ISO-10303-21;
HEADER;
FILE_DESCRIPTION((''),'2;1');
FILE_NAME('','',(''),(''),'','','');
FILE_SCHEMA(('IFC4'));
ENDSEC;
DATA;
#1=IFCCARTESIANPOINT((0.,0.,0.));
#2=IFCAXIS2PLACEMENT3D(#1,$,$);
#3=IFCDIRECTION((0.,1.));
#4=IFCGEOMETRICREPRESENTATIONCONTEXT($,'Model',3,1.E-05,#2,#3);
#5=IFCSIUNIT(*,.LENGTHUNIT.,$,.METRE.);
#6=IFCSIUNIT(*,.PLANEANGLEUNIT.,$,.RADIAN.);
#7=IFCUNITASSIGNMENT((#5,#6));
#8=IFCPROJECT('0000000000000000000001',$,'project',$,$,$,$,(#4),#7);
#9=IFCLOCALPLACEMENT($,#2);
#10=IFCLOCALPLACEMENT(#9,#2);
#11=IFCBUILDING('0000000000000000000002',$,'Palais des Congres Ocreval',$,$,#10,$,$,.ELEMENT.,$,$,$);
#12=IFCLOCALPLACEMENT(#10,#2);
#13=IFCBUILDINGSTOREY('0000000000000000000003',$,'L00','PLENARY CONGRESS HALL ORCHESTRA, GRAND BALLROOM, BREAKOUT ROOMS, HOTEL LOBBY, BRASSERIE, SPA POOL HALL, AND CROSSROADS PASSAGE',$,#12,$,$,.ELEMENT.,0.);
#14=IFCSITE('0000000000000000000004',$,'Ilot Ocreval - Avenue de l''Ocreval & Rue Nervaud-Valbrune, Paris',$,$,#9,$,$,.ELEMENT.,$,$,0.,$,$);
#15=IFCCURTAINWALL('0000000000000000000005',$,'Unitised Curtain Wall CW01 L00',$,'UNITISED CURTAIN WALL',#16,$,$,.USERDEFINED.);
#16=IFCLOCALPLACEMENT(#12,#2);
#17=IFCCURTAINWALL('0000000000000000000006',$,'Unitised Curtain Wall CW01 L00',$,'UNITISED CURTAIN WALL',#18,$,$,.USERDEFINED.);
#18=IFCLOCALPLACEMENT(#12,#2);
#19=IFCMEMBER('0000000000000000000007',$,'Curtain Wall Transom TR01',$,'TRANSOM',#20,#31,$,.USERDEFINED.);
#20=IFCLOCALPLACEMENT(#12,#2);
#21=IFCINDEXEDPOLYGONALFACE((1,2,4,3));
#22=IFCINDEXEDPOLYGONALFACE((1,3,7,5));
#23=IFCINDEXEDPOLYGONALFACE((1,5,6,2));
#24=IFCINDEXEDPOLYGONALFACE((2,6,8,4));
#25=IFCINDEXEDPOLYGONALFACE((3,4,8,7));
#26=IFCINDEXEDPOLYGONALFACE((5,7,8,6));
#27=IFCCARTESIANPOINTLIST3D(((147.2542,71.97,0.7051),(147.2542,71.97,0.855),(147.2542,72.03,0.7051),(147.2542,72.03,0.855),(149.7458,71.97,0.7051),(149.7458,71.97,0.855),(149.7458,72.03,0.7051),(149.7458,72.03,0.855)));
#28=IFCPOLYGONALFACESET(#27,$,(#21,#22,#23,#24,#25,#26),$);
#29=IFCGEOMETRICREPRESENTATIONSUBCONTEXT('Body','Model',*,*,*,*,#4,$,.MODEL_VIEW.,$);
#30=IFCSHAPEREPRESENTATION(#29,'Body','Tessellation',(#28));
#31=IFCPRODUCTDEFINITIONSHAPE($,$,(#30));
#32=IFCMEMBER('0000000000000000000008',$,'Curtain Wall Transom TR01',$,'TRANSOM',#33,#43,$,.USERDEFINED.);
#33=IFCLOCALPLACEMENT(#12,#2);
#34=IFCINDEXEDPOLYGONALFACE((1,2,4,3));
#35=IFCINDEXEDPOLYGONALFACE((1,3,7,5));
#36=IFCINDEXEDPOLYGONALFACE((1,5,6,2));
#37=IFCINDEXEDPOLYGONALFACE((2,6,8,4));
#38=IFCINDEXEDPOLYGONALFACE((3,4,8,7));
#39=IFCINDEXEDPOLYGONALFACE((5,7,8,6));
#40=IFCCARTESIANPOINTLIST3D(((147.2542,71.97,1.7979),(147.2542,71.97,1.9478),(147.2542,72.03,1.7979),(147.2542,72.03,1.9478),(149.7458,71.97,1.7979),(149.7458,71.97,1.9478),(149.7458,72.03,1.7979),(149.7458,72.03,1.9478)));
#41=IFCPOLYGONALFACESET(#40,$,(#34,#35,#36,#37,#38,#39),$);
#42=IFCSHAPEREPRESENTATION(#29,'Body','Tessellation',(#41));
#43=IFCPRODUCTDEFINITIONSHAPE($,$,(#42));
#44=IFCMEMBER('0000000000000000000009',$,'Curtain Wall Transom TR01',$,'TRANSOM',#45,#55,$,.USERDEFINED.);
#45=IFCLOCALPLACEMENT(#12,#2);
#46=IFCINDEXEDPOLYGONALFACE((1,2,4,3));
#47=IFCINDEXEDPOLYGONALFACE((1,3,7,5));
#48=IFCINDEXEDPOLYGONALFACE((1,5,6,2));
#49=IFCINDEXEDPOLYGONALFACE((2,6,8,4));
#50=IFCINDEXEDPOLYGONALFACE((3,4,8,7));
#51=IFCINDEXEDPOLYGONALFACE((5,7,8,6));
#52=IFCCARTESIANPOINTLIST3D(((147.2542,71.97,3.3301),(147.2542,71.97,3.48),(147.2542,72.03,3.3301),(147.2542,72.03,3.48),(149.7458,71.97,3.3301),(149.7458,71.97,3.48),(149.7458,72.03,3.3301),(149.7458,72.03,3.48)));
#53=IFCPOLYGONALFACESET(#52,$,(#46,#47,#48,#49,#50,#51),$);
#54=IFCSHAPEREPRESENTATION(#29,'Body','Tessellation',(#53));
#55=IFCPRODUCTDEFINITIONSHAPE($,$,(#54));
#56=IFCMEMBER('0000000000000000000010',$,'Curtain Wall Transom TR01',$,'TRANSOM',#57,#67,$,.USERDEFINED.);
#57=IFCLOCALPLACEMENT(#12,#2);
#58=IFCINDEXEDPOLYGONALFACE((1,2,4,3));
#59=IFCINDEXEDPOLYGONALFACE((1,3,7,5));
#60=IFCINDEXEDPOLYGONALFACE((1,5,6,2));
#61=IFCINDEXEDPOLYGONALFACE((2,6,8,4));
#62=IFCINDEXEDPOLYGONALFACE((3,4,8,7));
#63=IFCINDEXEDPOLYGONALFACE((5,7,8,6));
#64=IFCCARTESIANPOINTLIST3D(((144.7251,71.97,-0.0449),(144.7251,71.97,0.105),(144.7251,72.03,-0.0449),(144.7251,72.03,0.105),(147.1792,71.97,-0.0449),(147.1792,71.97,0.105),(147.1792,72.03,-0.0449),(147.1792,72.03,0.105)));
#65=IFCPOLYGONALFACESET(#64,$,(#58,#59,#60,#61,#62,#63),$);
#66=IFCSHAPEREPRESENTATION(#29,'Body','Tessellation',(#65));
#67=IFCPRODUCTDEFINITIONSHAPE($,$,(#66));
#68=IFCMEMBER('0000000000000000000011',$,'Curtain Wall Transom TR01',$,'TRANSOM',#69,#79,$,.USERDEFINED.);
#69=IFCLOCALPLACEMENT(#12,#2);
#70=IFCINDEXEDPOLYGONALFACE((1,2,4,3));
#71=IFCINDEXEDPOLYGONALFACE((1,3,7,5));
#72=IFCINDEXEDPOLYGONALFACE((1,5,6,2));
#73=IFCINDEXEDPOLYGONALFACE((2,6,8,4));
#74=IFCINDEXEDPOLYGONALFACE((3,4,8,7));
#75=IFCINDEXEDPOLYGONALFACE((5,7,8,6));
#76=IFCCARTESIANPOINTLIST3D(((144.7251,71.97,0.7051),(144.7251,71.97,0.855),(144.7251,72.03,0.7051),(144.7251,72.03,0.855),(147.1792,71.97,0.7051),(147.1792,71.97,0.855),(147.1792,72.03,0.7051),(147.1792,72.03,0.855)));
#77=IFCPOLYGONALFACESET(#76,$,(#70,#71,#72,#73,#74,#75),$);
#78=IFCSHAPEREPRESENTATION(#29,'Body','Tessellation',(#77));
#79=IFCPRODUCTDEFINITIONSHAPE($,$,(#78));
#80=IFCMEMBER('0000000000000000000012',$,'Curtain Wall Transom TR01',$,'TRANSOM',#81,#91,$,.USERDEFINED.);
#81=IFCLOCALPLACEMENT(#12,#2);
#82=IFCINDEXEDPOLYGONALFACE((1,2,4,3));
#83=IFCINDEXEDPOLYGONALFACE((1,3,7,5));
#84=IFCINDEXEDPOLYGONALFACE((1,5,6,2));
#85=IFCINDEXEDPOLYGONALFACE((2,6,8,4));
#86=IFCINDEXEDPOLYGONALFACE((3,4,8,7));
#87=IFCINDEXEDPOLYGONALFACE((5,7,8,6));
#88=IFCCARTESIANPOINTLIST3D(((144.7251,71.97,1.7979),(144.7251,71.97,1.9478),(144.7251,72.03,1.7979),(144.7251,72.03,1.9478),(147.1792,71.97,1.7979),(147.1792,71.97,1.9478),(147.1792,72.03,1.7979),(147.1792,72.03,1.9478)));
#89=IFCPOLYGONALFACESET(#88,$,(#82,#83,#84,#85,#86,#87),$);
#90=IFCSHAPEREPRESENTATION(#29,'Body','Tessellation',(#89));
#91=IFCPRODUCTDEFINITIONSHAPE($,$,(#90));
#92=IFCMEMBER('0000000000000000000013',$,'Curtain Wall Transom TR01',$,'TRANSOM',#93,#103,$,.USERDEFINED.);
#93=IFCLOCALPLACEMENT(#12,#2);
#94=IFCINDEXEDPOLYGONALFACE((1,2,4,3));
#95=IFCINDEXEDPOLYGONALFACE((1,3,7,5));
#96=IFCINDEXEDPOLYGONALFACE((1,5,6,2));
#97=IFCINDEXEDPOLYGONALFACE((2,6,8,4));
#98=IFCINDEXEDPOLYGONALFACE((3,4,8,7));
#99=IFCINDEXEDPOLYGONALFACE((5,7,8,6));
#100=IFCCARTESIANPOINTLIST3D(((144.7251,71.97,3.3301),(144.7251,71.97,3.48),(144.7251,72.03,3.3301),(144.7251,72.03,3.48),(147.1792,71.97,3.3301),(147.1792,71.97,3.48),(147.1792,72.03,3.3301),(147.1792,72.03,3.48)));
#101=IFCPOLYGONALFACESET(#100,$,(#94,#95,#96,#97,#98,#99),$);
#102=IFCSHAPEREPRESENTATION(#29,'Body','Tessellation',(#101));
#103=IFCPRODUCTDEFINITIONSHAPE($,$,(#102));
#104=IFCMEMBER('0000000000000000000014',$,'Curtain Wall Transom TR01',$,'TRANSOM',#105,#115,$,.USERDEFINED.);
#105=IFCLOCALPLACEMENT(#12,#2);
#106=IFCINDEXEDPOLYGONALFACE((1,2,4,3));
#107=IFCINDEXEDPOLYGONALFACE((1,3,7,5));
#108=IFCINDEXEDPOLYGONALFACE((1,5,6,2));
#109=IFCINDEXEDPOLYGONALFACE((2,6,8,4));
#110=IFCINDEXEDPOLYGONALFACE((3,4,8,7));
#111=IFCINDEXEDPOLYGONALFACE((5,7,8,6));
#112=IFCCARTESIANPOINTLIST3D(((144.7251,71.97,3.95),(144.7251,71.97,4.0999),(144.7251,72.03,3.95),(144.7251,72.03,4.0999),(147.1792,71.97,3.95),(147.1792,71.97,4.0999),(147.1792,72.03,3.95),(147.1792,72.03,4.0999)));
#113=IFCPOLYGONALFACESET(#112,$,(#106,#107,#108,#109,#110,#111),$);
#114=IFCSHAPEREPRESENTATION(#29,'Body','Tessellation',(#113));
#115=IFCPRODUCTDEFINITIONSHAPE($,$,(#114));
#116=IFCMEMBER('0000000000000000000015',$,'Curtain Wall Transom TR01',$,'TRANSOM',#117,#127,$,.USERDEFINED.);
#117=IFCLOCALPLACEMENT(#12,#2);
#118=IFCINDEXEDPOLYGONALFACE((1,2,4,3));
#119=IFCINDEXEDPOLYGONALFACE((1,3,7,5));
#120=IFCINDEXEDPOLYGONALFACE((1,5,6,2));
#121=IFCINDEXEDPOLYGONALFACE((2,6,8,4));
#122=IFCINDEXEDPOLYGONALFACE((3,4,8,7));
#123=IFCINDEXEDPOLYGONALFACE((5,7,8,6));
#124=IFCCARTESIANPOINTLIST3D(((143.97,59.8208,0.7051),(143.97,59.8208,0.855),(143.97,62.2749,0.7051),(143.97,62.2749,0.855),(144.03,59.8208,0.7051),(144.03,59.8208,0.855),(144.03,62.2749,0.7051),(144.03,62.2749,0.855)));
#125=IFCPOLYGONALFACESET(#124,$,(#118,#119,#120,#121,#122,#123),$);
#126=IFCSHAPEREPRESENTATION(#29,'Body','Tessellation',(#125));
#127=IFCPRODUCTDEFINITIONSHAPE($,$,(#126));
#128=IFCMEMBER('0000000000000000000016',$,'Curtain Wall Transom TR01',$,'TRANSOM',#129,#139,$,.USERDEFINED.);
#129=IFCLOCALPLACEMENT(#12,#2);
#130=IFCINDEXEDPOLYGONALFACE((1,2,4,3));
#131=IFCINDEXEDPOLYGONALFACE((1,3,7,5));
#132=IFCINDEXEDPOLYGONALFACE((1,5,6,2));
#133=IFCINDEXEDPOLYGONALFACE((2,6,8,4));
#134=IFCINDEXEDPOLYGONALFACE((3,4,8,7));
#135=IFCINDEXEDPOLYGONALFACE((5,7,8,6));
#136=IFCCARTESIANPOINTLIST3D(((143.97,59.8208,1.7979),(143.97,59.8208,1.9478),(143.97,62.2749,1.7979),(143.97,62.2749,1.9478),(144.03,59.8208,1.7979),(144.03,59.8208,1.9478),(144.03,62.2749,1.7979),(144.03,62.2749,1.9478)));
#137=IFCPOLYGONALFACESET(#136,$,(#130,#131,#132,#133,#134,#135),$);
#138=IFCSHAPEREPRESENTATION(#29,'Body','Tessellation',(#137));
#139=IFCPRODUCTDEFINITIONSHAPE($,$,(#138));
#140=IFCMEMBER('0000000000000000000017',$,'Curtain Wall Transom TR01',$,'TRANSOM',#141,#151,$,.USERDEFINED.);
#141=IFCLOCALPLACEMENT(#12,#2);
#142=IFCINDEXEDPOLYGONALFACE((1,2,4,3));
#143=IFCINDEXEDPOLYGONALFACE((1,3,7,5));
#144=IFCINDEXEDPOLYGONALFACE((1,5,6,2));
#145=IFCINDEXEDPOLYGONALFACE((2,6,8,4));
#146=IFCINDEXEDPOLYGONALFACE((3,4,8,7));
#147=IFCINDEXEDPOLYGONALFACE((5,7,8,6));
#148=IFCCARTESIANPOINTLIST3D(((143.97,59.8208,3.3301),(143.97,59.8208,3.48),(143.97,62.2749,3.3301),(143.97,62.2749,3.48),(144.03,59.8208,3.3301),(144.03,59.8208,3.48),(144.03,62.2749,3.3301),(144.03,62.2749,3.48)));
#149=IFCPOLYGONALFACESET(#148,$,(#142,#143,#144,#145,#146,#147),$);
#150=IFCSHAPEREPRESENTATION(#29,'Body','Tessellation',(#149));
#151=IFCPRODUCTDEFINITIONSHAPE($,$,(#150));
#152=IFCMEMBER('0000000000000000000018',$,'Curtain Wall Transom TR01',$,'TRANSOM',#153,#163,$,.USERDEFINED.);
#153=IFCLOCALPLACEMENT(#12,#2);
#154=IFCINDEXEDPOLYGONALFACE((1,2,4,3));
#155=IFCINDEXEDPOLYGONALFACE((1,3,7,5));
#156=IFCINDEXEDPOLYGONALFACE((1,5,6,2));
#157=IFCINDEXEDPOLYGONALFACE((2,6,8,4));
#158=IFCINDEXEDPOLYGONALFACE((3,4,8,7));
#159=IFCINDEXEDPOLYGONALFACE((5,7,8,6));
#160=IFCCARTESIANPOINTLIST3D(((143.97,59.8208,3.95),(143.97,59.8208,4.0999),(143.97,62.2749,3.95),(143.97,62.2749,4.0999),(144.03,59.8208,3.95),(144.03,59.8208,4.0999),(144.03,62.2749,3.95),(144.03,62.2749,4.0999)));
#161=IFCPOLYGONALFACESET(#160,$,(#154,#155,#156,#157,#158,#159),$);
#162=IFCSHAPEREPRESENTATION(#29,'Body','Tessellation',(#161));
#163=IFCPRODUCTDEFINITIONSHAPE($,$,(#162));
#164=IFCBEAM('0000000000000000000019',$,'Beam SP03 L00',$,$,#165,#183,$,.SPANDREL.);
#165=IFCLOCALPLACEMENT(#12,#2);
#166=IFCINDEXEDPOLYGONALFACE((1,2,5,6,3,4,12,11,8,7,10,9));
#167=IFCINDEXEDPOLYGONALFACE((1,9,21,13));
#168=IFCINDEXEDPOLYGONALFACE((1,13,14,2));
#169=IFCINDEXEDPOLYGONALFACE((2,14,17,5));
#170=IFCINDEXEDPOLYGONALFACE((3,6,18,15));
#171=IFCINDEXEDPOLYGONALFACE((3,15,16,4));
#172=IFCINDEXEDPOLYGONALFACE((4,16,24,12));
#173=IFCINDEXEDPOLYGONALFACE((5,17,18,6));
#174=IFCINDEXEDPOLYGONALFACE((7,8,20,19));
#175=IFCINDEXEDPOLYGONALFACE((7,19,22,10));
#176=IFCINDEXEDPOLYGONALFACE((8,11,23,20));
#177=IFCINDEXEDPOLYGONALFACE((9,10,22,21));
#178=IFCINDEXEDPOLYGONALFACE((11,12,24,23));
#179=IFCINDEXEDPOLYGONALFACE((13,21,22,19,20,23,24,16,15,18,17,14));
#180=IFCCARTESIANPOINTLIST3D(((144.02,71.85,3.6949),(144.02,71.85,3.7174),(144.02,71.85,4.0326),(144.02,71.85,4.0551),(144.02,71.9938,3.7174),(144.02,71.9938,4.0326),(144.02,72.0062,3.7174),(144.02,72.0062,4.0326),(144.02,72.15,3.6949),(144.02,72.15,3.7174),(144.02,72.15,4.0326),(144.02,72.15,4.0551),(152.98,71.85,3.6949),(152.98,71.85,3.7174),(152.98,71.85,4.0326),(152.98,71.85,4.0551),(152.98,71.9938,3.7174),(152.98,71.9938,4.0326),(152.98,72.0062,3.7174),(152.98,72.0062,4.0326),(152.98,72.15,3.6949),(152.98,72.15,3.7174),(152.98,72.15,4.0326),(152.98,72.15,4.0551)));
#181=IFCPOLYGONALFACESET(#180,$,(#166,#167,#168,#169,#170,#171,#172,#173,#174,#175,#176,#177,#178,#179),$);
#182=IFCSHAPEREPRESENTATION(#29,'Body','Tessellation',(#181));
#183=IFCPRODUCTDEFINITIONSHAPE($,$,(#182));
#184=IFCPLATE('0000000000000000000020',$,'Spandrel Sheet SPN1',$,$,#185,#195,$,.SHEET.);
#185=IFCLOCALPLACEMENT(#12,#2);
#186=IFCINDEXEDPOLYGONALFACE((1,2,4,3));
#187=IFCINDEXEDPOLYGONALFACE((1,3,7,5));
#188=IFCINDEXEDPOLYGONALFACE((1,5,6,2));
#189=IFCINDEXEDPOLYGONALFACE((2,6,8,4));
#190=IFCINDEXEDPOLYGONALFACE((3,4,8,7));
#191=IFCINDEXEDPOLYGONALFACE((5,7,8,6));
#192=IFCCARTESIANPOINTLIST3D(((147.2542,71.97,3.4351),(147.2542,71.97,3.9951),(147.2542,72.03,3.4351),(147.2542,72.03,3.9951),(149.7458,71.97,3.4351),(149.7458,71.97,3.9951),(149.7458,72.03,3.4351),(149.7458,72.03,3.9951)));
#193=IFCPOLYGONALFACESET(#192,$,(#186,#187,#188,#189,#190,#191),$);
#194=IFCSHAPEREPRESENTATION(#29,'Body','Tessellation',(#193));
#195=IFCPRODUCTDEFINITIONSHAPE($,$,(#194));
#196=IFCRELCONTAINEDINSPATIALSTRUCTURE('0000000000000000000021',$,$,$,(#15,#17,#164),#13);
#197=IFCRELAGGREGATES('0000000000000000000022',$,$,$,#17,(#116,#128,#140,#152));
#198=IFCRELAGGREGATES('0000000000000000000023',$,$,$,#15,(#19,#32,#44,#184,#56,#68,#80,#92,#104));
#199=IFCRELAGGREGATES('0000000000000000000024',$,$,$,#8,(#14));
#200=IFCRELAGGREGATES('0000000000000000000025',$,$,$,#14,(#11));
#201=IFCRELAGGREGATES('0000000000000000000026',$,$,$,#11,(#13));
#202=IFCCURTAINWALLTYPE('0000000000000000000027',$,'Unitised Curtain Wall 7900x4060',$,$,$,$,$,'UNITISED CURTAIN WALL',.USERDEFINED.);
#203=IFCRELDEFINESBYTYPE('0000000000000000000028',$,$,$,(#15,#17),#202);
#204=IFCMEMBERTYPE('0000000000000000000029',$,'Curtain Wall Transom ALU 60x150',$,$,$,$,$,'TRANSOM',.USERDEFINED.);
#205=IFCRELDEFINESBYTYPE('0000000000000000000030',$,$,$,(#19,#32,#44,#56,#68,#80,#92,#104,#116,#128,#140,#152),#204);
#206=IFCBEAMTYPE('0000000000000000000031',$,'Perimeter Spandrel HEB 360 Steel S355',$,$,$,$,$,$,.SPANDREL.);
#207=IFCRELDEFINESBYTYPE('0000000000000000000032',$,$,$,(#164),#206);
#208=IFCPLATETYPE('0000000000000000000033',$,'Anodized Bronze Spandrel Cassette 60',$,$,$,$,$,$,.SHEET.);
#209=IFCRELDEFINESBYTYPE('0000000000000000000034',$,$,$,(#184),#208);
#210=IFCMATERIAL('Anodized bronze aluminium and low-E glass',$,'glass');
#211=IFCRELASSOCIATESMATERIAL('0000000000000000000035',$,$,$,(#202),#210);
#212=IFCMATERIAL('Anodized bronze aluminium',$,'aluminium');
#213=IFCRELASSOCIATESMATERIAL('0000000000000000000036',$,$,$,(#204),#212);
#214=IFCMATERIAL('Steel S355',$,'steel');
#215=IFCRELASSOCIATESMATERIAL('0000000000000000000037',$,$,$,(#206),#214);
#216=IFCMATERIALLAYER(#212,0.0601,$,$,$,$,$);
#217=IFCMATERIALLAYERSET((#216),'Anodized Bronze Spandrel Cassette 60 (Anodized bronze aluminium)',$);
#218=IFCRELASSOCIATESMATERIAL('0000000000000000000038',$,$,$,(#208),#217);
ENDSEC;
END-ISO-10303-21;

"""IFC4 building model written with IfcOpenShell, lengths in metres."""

from ifc_helpers import new_model, si_unit, direction, frame, origin, origin_2d, place, context, subcontext, project, spatial, rectangle, i_section, extrude, material, layer, layer_set, material_profile, profile_set, type_object, element, aggregate, save


model = new_model("IFC4")

# Units and contexts
model_context = context("Model", 3, precision=1e-05, world=origin(), true_north=direction((0.0, 1.0)))
body_context = subcontext(model_context, "Body", "Model", "MODEL_VIEW")
ifc_project = project(units=[si_unit("LENGTHUNIT", "METRE"), si_unit("PLANEANGLEUNIT", "RADIAN")], contexts=[model_context])

# Site, building, storey
site_placement = place(None, origin())
site = spatial("IfcSite", under=ifc_project, at=site_placement, Name="Ilot Ocreval - Avenue de l'Ocreval & Rue Nervaud-Valbrune, Paris", CompositionType="ELEMENT", RefElevation=0.0)
building_placement = place(site_placement, origin())
building = spatial("IfcBuilding", under=site, at=building_placement, Name="Palais des Congres Ocreval", CompositionType="ELEMENT")
storey_placement = place(building_placement, origin())
storey = spatial("IfcBuildingStorey", under=building, at=storey_placement, Name="L00", Description="PLENARY CONGRESS HALL ORCHESTRA, GRAND BALLROOM, BREAKOUT ROOMS, HOTEL LOBBY, BRASSERIE, SPA POOL HALL, AND CROSSROADS PASSAGE", CompositionType="ELEMENT", Elevation=0.0)

# Shared definitions
ifc_material_1 = material(Name="Steel S355", Category="steel")

# Curtain wall
ifc_material_2 = material(Name="Anodized bronze aluminium and low-E glass", Category="glass")
curtain_wall_type = type_object("IfcCurtainWallType", Name="Unitised Curtain Wall 7900x4060", ElementType="UNITISED CURTAIN WALL", PredefinedType="USERDEFINED", material=ifc_material_2)
curtain_wall_1_placement = place(storey_placement, origin())
curtain_wall_1 = element("IfcCurtainWall", 1, at=curtain_wall_1_placement, inside=storey, type_object=curtain_wall_type, Name="Unitised Curtain Wall CW01 L00", ObjectType="UNITISED CURTAIN WALL", PredefinedType="USERDEFINED")
ifc_material_3 = material(Name="Anodized bronze aluminium", Category="aluminium")

# Curtain wall
curtain_wall_2_placement = place(storey_placement, origin())
curtain_wall_2 = element("IfcCurtainWall", 2, at=curtain_wall_2_placement, inside=storey, type_object=curtain_wall_type, Name="Unitised Curtain Wall CW01 L00", ObjectType="UNITISED CURTAIN WALL", PredefinedType="USERDEFINED")

# Members
ifc_material_profile_1 = material_profile(ifc_material_3, rectangle(XDim=0.0601, YDim=0.1499, at=origin_2d()), Name="ALU 60x150")
ifc_profile_set_1 = profile_set([ifc_material_profile_1], Name="Anodized bronze aluminium")
member_type_1 = type_object("IfcMemberType", Name="Curtain Wall Transom ALU 60x150", ElementType="TRANSOM", PredefinedType="USERDEFINED", material=ifc_profile_set_1)
member_1_placement = place(storey_placement, frame((149.7458, 72.0, 0.78), z_axis=(-1.0, 0.0, 0.0), x_axis=(0.0, -1.0, 0.0)))
member_1 = element("IfcMember", 3, at=member_1_placement, type_object=member_type_1, Name="Curtain Wall Transom TR01", ObjectType="TRANSOM", PredefinedType="USERDEFINED", context=body_context, shape_type="SweptSolid", body=[
    extrude(rectangle(XDim=0.0601, YDim=0.1499, at=origin_2d()), origin(), (0.0, 0.0, 1.0), 2.4917),
])
member_2_placement = place(storey_placement, frame((149.7458, 72.0, 1.8728), z_axis=(-1.0, 0.0, 0.0), x_axis=(0.0, -1.0, 0.0)))
member_2 = element("IfcMember", 4, at=member_2_placement, type_object=member_type_1, Name="Curtain Wall Transom TR01", ObjectType="TRANSOM", PredefinedType="USERDEFINED", context=body_context, shape_type="SweptSolid", body=[
    extrude(rectangle(XDim=0.0601, YDim=0.1499, at=origin_2d()), origin(), (0.0, 0.0, 1.0), 2.4917),
])
member_3_placement = place(storey_placement, frame((149.7458, 72.0, 3.405), z_axis=(-1.0, 0.0, 0.0), x_axis=(0.0, -1.0, 0.0)))
member_3 = element("IfcMember", 5, at=member_3_placement, type_object=member_type_1, Name="Curtain Wall Transom TR01", ObjectType="TRANSOM", PredefinedType="USERDEFINED", context=body_context, shape_type="SweptSolid", body=[
    extrude(rectangle(XDim=0.0601, YDim=0.1499, at=origin_2d()), origin(), (0.0, 0.0, 1.0), 2.4917),
])
member_4_placement = place(storey_placement, frame((147.1792, 72.0, 0.03), z_axis=(-1.0, 0.0, 0.0), x_axis=(0.0, -1.0, 0.0)))
member_4 = element("IfcMember", 6, at=member_4_placement, type_object=member_type_1, Name="Curtain Wall Transom TR01", ObjectType="TRANSOM", PredefinedType="USERDEFINED", context=body_context, shape_type="SweptSolid", body=[
    extrude(rectangle(XDim=0.0601, YDim=0.1499, at=origin_2d()), origin(), (0.0, 0.0, 1.0), 2.4541),
])
member_5_placement = place(storey_placement, frame((147.1792, 72.0, 0.78), z_axis=(-1.0, 0.0, 0.0), x_axis=(0.0, -1.0, 0.0)))
member_5 = element("IfcMember", 7, at=member_5_placement, type_object=member_type_1, Name="Curtain Wall Transom TR01", ObjectType="TRANSOM", PredefinedType="USERDEFINED", context=body_context, shape_type="SweptSolid", body=[
    extrude(rectangle(XDim=0.0601, YDim=0.1499, at=origin_2d()), origin(), (0.0, 0.0, 1.0), 2.4541),
])
member_6_placement = place(storey_placement, frame((147.1792, 72.0, 1.8728), z_axis=(-1.0, 0.0, 0.0), x_axis=(0.0, -1.0, 0.0)))
member_6 = element("IfcMember", 8, at=member_6_placement, type_object=member_type_1, Name="Curtain Wall Transom TR01", ObjectType="TRANSOM", PredefinedType="USERDEFINED", context=body_context, shape_type="SweptSolid", body=[
    extrude(rectangle(XDim=0.0601, YDim=0.1499, at=origin_2d()), origin(), (0.0, 0.0, 1.0), 2.4541),
])
member_7_placement = place(storey_placement, frame((147.1792, 72.0, 3.405), z_axis=(-1.0, 0.0, 0.0), x_axis=(0.0, -1.0, 0.0)))
member_7 = element("IfcMember", 9, at=member_7_placement, type_object=member_type_1, Name="Curtain Wall Transom TR01", ObjectType="TRANSOM", PredefinedType="USERDEFINED", context=body_context, shape_type="SweptSolid", body=[
    extrude(rectangle(XDim=0.0601, YDim=0.1499, at=origin_2d()), origin(), (0.0, 0.0, 1.0), 2.4541),
])
member_8_placement = place(storey_placement, frame((147.1792, 72.0, 4.0249), z_axis=(-1.0, 0.0, 0.0), x_axis=(0.0, -1.0, 0.0)))
member_8 = element("IfcMember", 10, at=member_8_placement, type_object=member_type_1, Name="Curtain Wall Transom TR01", ObjectType="TRANSOM", PredefinedType="USERDEFINED", context=body_context, shape_type="SweptSolid", body=[
    extrude(rectangle(XDim=0.0601, YDim=0.1499, at=origin_2d()), origin(), (0.0, 0.0, 1.0), 2.4541),
])
member_9_placement = place(storey_placement, frame((144.0, 62.2749, 0.78), z_axis=(0.0, -1.0, 0.0), x_axis=(1.0, 0.0, 0.0)))
member_9 = element("IfcMember", 11, at=member_9_placement, type_object=member_type_1, Name="Curtain Wall Transom TR01", ObjectType="TRANSOM", PredefinedType="USERDEFINED", context=body_context, shape_type="SweptSolid", body=[
    extrude(rectangle(XDim=0.0601, YDim=0.1499, at=origin_2d()), origin(), (0.0, 0.0, 1.0), 2.4541),
])
member_10_placement = place(storey_placement, frame((144.0, 62.2749, 1.8728), z_axis=(0.0, -1.0, 0.0), x_axis=(1.0, 0.0, 0.0)))
member_10 = element("IfcMember", 12, at=member_10_placement, type_object=member_type_1, Name="Curtain Wall Transom TR01", ObjectType="TRANSOM", PredefinedType="USERDEFINED", context=body_context, shape_type="SweptSolid", body=[
    extrude(rectangle(XDim=0.0601, YDim=0.1499, at=origin_2d()), origin(), (0.0, 0.0, 1.0), 2.4541),
])
member_11_placement = place(storey_placement, frame((144.0, 62.2749, 3.405), z_axis=(0.0, -1.0, 0.0), x_axis=(1.0, 0.0, 0.0)))
member_11 = element("IfcMember", 13, at=member_11_placement, type_object=member_type_1, Name="Curtain Wall Transom TR01", ObjectType="TRANSOM", PredefinedType="USERDEFINED", context=body_context, shape_type="SweptSolid", body=[
    extrude(rectangle(XDim=0.0601, YDim=0.1499, at=origin_2d()), origin(), (0.0, 0.0, 1.0), 2.4541),
])
member_12_placement = place(storey_placement, frame((144.0, 62.2749, 4.0249), z_axis=(0.0, -1.0, 0.0), x_axis=(1.0, 0.0, 0.0)))
member_12 = element("IfcMember", 14, at=member_12_placement, type_object=member_type_1, Name="Curtain Wall Transom TR01", ObjectType="TRANSOM", PredefinedType="USERDEFINED", context=body_context, shape_type="SweptSolid", body=[
    extrude(rectangle(XDim=0.0601, YDim=0.1499, at=origin_2d()), origin(), (0.0, 0.0, 1.0), 2.4541),
])
aggregate(curtain_wall_2, [member_9, member_10, member_11, member_12])

# Beam
ifc_material_profile_2 = material_profile(ifc_material_1, i_section(OverallWidth=0.3, OverallDepth=0.3601, WebThickness=0.0125, FlangeThickness=0.0225, at=origin_2d()), Name="HEB 360")
ifc_profile_set_2 = profile_set([ifc_material_profile_2], Name="Steel S355")
beam_type = type_object("IfcBeamType", Name="Perimeter Spandrel HEB 360 Steel S355", PredefinedType="SPANDREL", material=ifc_profile_set_2)
beam_placement = place(storey_placement, frame((144.02, 72.0, 3.875), z_axis=(1.0, 0.0, 0.0), x_axis=(0.0, 1.0, 0.0)))
element("IfcBeam", 15, at=beam_placement, inside=storey, type_object=beam_type, Name="Beam SP03 L00", PredefinedType="SPANDREL", context=body_context, shape_type="SweptSolid", body=[
    extrude(i_section(OverallWidth=0.3, OverallDepth=0.3601, WebThickness=0.0125, FlangeThickness=0.0225, at=origin_2d()), origin(), (0.0, 0.0, 1.0), 8.96),
])

# Plate
ifc_layer_1 = layer(ifc_material_3, 0.0601)
ifc_layer_set_1 = layer_set([ifc_layer_1], Name="Anodized Bronze Spandrel Cassette 60 (Anodized bronze aluminium)")
plate_type_1 = type_object("IfcPlateType", Name="Anodized Bronze Spandrel Cassette 60", PredefinedType="SHEET", material=ifc_layer_set_1)
plate_1_placement = place(storey_placement, frame((148.5, 72.0, 3.4351), z_axis=(0.0, 0.0, 1.0), x_axis=(-1.0, 0.0, 0.0)))
plate_1 = element("IfcPlate", 16, at=plate_1_placement, type_object=plate_type_1, Name="Spandrel Sheet SPN1", PredefinedType="SHEET", context=body_context, shape_type="SweptSolid", body=[
    extrude(rectangle(XDim=2.4917, YDim=0.0601, at=origin_2d()), origin(), (0.0, 0.0, 1.0), 0.5601),
])
aggregate(curtain_wall_1, [member_1, member_2, member_3, plate_1, member_4, member_5, member_6, member_7, member_8])

save(model, "model.ifc")
